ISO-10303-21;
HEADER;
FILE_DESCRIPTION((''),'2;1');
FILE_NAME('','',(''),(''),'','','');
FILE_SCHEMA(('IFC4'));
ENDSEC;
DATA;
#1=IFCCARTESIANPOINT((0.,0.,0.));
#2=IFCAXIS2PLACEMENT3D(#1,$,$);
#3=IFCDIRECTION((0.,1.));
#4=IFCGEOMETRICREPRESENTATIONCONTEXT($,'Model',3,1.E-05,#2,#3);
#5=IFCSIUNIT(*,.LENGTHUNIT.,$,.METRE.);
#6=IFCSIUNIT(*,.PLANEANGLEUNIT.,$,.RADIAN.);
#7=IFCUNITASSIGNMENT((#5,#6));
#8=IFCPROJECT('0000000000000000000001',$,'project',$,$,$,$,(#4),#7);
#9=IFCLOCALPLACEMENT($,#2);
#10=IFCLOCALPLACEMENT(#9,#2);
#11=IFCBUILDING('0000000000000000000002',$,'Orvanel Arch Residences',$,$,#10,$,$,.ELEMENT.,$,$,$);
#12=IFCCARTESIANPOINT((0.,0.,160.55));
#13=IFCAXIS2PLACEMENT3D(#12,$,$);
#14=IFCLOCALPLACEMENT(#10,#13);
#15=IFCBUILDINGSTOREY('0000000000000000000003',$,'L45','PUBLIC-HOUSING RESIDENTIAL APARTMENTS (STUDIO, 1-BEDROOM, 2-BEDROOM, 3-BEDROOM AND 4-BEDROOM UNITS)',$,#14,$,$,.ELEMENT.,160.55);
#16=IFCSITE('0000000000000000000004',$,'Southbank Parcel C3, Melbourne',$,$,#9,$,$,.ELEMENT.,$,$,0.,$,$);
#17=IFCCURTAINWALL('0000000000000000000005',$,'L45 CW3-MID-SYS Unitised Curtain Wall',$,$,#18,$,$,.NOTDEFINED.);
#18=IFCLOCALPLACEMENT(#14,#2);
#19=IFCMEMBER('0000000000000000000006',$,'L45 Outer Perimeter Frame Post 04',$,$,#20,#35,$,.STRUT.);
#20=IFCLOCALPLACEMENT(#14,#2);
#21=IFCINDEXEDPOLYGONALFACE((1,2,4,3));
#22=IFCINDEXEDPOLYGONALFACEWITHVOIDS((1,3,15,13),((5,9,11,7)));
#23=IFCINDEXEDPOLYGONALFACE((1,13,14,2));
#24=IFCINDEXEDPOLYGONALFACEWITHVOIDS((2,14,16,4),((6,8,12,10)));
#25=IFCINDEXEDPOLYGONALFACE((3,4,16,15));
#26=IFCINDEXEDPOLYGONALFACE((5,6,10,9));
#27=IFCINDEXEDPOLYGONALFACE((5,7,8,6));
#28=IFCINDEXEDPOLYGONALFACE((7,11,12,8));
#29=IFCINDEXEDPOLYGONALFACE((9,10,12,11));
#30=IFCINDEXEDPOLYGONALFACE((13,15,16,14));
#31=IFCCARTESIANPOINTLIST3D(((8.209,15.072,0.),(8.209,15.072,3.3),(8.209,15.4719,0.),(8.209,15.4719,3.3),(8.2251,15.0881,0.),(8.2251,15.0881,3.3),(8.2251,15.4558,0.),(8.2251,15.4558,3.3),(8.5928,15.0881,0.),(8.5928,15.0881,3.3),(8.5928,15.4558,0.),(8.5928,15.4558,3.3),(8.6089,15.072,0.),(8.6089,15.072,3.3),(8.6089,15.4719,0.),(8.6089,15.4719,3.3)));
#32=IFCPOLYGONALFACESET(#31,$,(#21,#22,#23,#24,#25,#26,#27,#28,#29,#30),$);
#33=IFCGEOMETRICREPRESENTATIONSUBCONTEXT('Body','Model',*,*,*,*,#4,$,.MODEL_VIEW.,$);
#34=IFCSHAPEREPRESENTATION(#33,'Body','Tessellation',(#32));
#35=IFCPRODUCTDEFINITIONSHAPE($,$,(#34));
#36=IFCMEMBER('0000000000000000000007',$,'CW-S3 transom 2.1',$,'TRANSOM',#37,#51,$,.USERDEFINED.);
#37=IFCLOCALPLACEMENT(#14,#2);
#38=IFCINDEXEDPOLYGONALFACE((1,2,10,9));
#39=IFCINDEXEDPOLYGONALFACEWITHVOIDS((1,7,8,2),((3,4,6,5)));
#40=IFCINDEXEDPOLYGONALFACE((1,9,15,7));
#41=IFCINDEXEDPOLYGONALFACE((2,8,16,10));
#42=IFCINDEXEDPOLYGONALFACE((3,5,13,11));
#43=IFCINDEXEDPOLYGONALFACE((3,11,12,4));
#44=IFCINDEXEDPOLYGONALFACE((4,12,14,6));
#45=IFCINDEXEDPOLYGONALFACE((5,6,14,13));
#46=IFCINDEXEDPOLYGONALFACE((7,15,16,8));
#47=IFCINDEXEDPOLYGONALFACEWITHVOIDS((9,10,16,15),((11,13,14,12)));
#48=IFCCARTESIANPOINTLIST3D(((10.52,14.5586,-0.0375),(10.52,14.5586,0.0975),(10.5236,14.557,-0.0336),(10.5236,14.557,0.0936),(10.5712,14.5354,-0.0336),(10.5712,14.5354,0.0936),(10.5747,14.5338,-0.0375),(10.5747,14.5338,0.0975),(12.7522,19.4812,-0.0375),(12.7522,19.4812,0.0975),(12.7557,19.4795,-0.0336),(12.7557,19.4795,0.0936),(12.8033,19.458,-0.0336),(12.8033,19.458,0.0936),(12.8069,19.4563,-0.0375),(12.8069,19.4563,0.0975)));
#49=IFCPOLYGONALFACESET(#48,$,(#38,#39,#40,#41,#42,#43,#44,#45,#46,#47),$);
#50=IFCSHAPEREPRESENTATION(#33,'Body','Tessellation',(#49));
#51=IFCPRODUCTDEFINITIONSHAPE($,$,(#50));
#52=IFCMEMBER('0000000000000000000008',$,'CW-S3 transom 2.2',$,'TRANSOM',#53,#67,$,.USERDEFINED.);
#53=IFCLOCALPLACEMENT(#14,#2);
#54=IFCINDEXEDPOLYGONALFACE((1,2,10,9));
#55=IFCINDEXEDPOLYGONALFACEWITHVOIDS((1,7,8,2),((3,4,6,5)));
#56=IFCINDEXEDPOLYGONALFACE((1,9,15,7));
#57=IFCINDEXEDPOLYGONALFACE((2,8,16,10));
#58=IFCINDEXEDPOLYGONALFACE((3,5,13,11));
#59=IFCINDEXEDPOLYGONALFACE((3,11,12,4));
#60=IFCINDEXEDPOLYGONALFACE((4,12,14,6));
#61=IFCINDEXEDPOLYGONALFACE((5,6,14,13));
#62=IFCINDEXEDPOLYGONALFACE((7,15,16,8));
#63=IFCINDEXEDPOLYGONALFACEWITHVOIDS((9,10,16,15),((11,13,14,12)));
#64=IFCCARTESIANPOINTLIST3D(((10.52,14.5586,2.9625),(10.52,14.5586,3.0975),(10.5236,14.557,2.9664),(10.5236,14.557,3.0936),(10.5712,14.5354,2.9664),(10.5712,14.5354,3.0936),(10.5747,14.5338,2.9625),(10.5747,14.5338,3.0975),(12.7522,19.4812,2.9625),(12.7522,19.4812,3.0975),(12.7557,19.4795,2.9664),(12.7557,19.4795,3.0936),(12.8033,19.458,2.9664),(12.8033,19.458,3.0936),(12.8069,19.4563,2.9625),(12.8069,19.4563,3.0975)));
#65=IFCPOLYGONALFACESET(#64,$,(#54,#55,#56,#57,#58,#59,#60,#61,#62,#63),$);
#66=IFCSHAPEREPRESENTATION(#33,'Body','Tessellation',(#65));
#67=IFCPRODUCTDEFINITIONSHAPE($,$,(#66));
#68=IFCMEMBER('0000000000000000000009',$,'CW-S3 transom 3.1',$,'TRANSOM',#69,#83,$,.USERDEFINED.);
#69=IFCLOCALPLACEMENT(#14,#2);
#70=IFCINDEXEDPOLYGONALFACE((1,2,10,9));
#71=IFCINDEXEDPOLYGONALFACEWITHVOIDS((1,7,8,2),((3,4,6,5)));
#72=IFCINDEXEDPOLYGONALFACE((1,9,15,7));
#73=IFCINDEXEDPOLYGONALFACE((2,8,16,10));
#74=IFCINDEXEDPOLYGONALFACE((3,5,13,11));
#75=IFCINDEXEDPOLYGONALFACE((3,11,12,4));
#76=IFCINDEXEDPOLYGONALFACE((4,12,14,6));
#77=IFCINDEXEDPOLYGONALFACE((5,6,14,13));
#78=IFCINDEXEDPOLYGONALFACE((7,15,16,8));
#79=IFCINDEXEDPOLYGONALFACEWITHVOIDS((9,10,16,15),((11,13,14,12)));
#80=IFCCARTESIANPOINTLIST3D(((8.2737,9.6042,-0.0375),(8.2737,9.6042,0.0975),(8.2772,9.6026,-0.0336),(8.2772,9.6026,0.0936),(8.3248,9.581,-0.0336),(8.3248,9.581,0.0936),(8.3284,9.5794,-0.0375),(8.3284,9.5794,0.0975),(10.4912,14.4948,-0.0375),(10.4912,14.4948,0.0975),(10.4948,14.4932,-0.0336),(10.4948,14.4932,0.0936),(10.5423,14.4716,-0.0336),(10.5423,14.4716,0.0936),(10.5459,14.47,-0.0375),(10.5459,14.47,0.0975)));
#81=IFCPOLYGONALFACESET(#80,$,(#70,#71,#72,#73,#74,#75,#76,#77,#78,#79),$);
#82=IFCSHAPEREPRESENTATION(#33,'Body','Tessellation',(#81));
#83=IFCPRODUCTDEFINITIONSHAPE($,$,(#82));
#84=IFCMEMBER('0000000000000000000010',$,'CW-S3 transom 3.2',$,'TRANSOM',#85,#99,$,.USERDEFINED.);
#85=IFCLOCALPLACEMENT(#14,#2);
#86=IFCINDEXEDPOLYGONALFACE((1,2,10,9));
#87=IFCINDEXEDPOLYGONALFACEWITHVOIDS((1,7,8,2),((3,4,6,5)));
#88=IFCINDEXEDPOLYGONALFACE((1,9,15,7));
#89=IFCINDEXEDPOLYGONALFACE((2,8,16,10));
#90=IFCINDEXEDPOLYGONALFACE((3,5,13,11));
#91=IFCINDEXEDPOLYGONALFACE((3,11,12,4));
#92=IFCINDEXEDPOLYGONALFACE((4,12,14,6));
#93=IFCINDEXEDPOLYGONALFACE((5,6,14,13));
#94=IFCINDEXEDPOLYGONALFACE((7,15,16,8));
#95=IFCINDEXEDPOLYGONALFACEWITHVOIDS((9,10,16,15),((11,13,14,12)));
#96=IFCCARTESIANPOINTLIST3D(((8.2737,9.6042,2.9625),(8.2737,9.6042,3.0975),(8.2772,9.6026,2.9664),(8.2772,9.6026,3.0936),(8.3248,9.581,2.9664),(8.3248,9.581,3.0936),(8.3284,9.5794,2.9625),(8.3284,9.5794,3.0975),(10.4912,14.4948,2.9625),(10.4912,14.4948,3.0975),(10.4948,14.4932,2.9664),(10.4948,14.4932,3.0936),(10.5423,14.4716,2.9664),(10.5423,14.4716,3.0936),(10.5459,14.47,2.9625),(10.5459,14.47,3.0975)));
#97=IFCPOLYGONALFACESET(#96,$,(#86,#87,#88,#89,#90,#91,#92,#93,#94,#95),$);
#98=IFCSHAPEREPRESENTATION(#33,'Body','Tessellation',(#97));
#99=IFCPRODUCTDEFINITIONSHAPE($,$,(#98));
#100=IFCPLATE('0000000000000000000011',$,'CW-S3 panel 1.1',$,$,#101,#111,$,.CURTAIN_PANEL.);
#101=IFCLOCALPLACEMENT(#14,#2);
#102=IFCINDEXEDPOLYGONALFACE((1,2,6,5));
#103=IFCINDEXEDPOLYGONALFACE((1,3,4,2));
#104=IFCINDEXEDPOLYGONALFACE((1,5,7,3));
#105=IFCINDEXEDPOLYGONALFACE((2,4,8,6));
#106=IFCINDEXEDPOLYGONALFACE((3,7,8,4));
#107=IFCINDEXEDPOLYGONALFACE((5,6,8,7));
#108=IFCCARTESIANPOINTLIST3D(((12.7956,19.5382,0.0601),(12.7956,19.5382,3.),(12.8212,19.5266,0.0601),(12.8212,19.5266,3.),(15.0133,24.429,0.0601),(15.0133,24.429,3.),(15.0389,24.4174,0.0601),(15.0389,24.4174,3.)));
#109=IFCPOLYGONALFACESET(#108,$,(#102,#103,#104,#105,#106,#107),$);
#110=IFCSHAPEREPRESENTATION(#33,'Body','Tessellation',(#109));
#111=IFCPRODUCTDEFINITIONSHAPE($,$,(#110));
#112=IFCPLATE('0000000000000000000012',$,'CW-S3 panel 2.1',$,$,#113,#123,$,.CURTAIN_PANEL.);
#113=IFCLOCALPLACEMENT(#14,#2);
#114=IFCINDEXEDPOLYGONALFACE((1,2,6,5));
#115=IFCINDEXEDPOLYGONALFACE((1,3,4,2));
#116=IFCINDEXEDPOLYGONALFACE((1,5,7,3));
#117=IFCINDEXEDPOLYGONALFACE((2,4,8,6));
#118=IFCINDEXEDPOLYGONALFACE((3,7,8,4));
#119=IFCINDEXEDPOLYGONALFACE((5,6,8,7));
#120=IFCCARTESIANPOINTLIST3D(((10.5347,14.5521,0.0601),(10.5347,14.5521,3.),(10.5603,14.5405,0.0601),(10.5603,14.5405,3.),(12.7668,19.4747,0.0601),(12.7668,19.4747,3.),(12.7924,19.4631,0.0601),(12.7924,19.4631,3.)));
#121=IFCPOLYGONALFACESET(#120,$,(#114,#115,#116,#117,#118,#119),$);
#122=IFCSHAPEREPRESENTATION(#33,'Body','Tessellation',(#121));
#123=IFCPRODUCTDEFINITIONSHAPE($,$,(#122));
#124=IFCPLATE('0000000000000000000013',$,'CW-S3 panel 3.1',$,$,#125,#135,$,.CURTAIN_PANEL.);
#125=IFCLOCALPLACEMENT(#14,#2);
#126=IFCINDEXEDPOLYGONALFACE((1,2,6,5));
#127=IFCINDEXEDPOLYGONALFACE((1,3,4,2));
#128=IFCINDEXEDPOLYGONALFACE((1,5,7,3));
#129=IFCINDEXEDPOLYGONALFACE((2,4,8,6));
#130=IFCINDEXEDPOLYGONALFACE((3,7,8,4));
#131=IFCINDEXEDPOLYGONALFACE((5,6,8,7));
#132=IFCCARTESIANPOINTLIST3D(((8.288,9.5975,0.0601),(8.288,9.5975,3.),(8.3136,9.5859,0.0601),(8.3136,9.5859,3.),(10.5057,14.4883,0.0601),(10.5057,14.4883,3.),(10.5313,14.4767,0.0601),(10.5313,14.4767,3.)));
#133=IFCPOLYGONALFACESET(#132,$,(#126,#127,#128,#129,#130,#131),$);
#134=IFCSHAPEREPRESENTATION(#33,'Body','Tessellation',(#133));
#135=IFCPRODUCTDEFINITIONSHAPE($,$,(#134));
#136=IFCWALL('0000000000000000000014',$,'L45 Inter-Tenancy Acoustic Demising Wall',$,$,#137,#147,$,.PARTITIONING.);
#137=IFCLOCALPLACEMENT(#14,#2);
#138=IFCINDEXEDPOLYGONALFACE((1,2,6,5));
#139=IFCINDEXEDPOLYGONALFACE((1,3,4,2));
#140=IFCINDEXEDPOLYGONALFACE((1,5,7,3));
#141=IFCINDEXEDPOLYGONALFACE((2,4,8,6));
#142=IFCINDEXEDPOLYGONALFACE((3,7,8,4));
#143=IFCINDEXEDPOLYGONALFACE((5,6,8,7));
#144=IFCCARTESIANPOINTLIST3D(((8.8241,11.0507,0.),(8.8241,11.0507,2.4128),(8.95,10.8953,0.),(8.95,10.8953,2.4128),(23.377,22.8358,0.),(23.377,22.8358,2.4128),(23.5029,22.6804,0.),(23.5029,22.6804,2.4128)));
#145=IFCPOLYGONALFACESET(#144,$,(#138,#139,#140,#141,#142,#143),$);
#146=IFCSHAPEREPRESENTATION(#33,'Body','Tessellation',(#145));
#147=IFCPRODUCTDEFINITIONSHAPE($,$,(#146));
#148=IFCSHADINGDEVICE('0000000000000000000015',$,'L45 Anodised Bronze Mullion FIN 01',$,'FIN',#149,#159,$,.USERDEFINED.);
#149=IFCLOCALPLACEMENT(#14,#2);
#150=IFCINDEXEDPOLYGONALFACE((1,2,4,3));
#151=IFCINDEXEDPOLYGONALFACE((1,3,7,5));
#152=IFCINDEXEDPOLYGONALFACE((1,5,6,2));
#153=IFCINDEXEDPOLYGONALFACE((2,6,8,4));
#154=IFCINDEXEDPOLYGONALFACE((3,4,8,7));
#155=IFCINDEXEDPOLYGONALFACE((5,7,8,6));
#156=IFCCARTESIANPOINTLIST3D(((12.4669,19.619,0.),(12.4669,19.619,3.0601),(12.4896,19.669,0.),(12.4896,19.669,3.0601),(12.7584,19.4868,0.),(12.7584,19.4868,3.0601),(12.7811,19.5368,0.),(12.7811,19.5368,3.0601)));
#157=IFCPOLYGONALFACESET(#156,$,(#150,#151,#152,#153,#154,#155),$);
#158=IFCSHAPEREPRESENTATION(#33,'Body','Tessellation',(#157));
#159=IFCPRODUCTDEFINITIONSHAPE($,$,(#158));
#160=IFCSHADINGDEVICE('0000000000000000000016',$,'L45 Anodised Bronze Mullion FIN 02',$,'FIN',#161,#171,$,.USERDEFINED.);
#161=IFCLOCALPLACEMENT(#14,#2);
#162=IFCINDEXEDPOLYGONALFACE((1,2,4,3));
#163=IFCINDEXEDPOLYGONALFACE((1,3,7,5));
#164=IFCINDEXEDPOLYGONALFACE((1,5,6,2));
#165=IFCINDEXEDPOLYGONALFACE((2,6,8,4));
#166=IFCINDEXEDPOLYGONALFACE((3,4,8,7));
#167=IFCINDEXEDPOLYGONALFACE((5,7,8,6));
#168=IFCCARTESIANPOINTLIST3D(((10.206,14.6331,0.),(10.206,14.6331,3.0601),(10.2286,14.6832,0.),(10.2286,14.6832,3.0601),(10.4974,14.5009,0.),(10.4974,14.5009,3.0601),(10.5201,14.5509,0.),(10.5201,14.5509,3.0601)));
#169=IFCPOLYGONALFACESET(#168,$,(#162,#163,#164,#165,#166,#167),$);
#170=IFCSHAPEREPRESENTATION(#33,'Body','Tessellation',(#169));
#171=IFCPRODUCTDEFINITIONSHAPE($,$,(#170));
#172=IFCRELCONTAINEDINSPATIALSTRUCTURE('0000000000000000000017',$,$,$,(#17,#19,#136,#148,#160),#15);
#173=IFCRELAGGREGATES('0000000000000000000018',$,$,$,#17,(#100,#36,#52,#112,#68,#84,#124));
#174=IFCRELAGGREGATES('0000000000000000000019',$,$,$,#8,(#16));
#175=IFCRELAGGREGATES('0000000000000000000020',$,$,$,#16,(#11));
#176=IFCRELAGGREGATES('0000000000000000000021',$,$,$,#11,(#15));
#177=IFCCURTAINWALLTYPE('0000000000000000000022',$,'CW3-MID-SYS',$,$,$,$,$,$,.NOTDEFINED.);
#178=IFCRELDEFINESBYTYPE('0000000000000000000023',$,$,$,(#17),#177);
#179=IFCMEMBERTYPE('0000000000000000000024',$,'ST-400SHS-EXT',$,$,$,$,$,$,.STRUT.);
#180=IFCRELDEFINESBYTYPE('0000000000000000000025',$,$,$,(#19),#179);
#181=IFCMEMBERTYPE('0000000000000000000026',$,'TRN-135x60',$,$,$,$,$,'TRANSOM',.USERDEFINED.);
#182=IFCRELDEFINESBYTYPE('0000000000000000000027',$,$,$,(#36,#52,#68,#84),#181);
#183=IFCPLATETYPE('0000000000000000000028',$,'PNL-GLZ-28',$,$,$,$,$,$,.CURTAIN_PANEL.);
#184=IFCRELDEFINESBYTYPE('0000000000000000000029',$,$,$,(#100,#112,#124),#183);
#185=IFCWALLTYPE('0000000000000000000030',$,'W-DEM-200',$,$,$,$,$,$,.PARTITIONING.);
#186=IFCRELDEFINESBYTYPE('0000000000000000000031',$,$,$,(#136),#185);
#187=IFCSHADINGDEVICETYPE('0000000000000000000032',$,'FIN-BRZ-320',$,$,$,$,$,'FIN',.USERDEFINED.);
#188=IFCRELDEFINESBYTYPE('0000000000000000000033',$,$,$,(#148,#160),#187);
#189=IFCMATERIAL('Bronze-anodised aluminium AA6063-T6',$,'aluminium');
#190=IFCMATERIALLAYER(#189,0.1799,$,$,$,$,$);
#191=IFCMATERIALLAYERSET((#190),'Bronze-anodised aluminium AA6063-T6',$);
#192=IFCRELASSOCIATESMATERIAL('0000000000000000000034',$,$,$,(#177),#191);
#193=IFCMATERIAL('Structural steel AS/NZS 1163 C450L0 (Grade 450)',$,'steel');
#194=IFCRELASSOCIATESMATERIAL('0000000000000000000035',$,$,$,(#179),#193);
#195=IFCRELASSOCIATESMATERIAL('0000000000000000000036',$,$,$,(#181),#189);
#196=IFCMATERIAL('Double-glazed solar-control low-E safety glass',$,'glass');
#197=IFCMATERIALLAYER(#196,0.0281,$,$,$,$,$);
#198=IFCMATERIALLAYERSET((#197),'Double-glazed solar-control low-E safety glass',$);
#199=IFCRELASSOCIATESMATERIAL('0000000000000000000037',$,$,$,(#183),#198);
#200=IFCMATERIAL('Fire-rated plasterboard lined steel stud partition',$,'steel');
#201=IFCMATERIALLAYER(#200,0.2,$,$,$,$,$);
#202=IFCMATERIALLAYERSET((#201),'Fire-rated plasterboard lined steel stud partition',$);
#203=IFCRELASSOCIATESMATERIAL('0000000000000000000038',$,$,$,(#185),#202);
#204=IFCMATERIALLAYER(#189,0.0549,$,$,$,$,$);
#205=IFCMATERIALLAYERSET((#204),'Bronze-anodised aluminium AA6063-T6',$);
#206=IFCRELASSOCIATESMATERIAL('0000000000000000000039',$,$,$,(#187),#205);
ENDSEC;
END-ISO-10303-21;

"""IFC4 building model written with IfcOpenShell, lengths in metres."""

from ifc_helpers import new_model, si_unit, direction, frame, frame_2d, origin, origin_2d, place, context, subcontext, project, spatial, rectangle, hollow_rectangle, extrude, material, layer, layer_set, material_profile, profile_set, type_object, element, aggregate, save


model = new_model("IFC4")

# Units and contexts
model_context = context("Model", 3, precision=1e-05, world=origin(), true_north=direction((0.0, 1.0)))
body_context = subcontext(model_context, "Body", "Model", "MODEL_VIEW")
ifc_project = project(units=[si_unit("LENGTHUNIT", "METRE"), si_unit("PLANEANGLEUNIT", "RADIAN")], contexts=[model_context])

# Site, building, storey
site_placement = place(None, origin())
site = spatial("IfcSite", under=ifc_project, at=site_placement, Name="Southbank Parcel C3, Melbourne", CompositionType="ELEMENT", RefElevation=0.0)
building_placement = place(site_placement, origin())
building = spatial("IfcBuilding", under=site, at=building_placement, Name="Orvanel Arch Residences", CompositionType="ELEMENT")
storey_placement = place(building_placement, frame((0.0, 0.0, 160.55)))
storey = spatial("IfcBuildingStorey", under=building, at=storey_placement, Name="L45", Description="PUBLIC-HOUSING RESIDENTIAL APARTMENTS (STUDIO, 1-BEDROOM, 2-BEDROOM, 3-BEDROOM AND 4-BEDROOM UNITS)", CompositionType="ELEMENT", Elevation=160.55)

# Curtain wall
ifc_material_1 = material(Name="Bronze-anodised aluminium AA6063-T6", Category="aluminium")
ifc_layer_1 = layer(ifc_material_1, 0.1799)
ifc_layer_set_1 = layer_set([ifc_layer_1], Name="Bronze-anodised aluminium AA6063-T6")
curtain_wall_type = type_object("IfcCurtainWallType", Name="CW3-MID-SYS", PredefinedType="NOTDEFINED", material=ifc_layer_set_1)
curtain_wall_placement = place(storey_placement, origin())
curtain_wall = element("IfcCurtainWall", 1, at=curtain_wall_placement, inside=storey, type_object=curtain_wall_type, Name="L45 CW3-MID-SYS Unitised Curtain Wall", PredefinedType="NOTDEFINED")

# Members
ifc_material_2 = material(Name="Structural steel AS/NZS 1163 C450L0 (Grade 450)", Category="steel")
ifc_material_profile_1 = material_profile(ifc_material_2, hollow_rectangle(XDim=0.3999, YDim=0.3999, WallThickness=0.0161, at=origin_2d()), Name="SHS400x400x16")
ifc_profile_set_1 = profile_set([ifc_material_profile_1], Name="Structural steel AS/NZS 1163 C450L0 (Grade 450)")
member_type_1 = type_object("IfcMemberType", Name="ST-400SHS-EXT", PredefinedType="STRUT", material=ifc_profile_set_1)
member_1_placement = place(storey_placement, frame((8.4089, 15.272, 0.0), z_axis=(0.0, 0.0, 1.0), x_axis=(1.0, 0.0, 0.0)))
element("IfcMember", 2, at=member_1_placement, inside=storey, type_object=member_type_1, Name="L45 Outer Perimeter Frame Post 04", PredefinedType="STRUT", context=body_context, shape_type="SweptSolid", body=[
    extrude(hollow_rectangle(XDim=0.3999, YDim=0.3999, WallThickness=0.0161, at=origin_2d()), origin(), (0.0, 0.0, 1.0), 3.3),
])
ifc_material_profile_2 = material_profile(ifc_material_1, hollow_rectangle(XDim=0.0601, YDim=0.135, WallThickness=0.0039, at=origin_2d()), Name="ALU135x60x4")
ifc_profile_set_2 = profile_set([ifc_material_profile_2], Name="Bronze-anodised aluminium AA6063-T6")
member_type_2 = type_object("IfcMemberType", Name="TRN-135x60", ElementType="TRANSOM", PredefinedType="USERDEFINED", material=ifc_profile_set_2)
member_2_placement = place(storey_placement, frame((12.7795, 19.4688, 0.03), z_axis=(-0.412979, -0.91074, 0.0), x_axis=(0.91074, -0.412979, 0.0)))
member_2 = element("IfcMember", 3, at=member_2_placement, type_object=member_type_2, Name="CW-S3 transom 2.1", ObjectType="TRANSOM", PredefinedType="USERDEFINED", context=body_context, shape_type="SweptSolid", body=[
    extrude(hollow_rectangle(XDim=0.0601, YDim=0.135, WallThickness=0.0039, at=origin_2d()), origin(), (0.0, 0.0, 1.0), 5.405),
])
member_3_placement = place(storey_placement, frame((12.7795, 19.4688, 3.03), z_axis=(-0.412979, -0.91074, 0.0), x_axis=(0.91074, -0.412979, 0.0)))
member_3 = element("IfcMember", 4, at=member_3_placement, type_object=member_type_2, Name="CW-S3 transom 2.2", ObjectType="TRANSOM", PredefinedType="USERDEFINED", context=body_context, shape_type="SweptSolid", body=[
    extrude(hollow_rectangle(XDim=0.0601, YDim=0.135, WallThickness=0.0039, at=origin_2d()), origin(), (0.0, 0.0, 1.0), 5.405),
])
member_4_placement = place(storey_placement, frame((10.5186, 14.4824, 0.03), z_axis=(-0.412957, -0.910751, 0.0), x_axis=(0.910751, -0.412957, 0.0)))
member_4 = element("IfcMember", 5, at=member_4_placement, type_object=member_type_2, Name="CW-S3 transom 3.1", ObjectType="TRANSOM", PredefinedType="USERDEFINED", context=body_context, shape_type="SweptSolid", body=[
    extrude(hollow_rectangle(XDim=0.0601, YDim=0.135, WallThickness=0.0039, at=origin_2d()), origin(), (0.0, 0.0, 1.0), 5.3699),
])
member_5_placement = place(storey_placement, frame((10.5186, 14.4824, 3.03), z_axis=(-0.412957, -0.910751, 0.0), x_axis=(0.910751, -0.412957, 0.0)))
member_5 = element("IfcMember", 6, at=member_5_placement, type_object=member_type_2, Name="CW-S3 transom 3.2", ObjectType="TRANSOM", PredefinedType="USERDEFINED", context=body_context, shape_type="SweptSolid", body=[
    extrude(hollow_rectangle(XDim=0.0601, YDim=0.135, WallThickness=0.0039, at=origin_2d()), origin(), (0.0, 0.0, 1.0), 5.3699),
])

# Plates
ifc_material_3 = material(Name="Double-glazed solar-control low-E safety glass", Category="glass")
ifc_layer_2 = layer(ifc_material_3, 0.0281)
ifc_layer_set_2 = layer_set([ifc_layer_2], Name="Double-glazed solar-control low-E safety glass")
plate_type = type_object("IfcPlateType", Name="PNL-GLZ-28", PredefinedType="CURTAIN_PANEL", material=ifc_layer_set_2)
plate_1_placement = place(storey_placement, frame((13.9172, 21.9778, 0.0601), z_axis=(0.0, 0.0, 1.0), x_axis=(-0.412968, -0.910746, 0.0)))
plate_1 = element("IfcPlate", 7, at=plate_1_placement, type_object=plate_type, Name="CW-S3 panel 1.1", PredefinedType="CURTAIN_PANEL", context=body_context, shape_type="SweptSolid", body=[
    extrude(rectangle(XDim=5.3701, YDim=0.0281, at=origin_2d()), origin(), (0.0, 0.0, 1.0), 2.9399),
])
plate_2_placement = place(storey_placement, frame((11.6636, 17.0076, 0.0601), z_axis=(0.0, 0.0, 1.0), x_axis=(-0.412968, -0.910746, 0.0)))
plate_2 = element("IfcPlate", 8, at=plate_2_placement, type_object=plate_type, Name="CW-S3 panel 2.1", PredefinedType="CURTAIN_PANEL", context=body_context, shape_type="SweptSolid", body=[
    extrude(rectangle(XDim=5.405, YDim=0.0281, at=origin_2d()), origin(), (0.0, 0.0, 1.0), 2.9399),
])
plate_3_placement = place(storey_placement, frame((9.4097, 12.0371, 0.0601), z_axis=(0.0, 0.0, 1.0), x_axis=(-0.412968, -0.910746, 0.0)))
plate_3 = element("IfcPlate", 9, at=plate_3_placement, type_object=plate_type, Name="CW-S3 panel 3.1", PredefinedType="CURTAIN_PANEL", context=body_context, shape_type="SweptSolid", body=[
    extrude(rectangle(XDim=5.3701, YDim=0.0281, at=origin_2d()), origin(), (0.0, 0.0, 1.0), 2.9399),
])
aggregate(curtain_wall, [plate_1, member_2, member_3, plate_2, member_4, member_5, plate_3])

# Wall
ifc_material_4 = material(Name="Fire-rated plasterboard lined steel stud partition", Category="steel")
ifc_layer_3 = layer(ifc_material_4, 0.2)
ifc_layer_set_3 = layer_set([ifc_layer_3], Name="Fire-rated plasterboard lined steel stud partition")
wall_type = type_object("IfcWallType", Name="W-DEM-200", PredefinedType="PARTITIONING", material=ifc_layer_set_3)
wall_placement = place(storey_placement, frame((8.887, 10.9729, 0.0), z_axis=(0.0, 0.0, 1.0), x_axis=(0.777136, 0.629333, 0.0)))
element("IfcWall", 10, at=wall_placement, inside=storey, type_object=wall_type, Name="L45 Inter-Tenancy Acoustic Demising Wall", PredefinedType="PARTITIONING", context=body_context, shape_type="SweptSolid", body=[
    extrude(rectangle(XDim=18.7263, YDim=0.2, at=frame_2d((9.3633, 0.0))), origin(), (0.0, 0.0, 1.0), 2.4128),
])

# Shading devices
ifc_layer_4 = layer(ifc_material_1, 0.0549)
ifc_layer_set_4 = layer_set([ifc_layer_4], Name="Bronze-anodised aluminium AA6063-T6")
shading_device_type = type_object("IfcShadingDeviceType", Name="FIN-BRZ-320", ElementType="FIN", PredefinedType="USERDEFINED", material=ifc_layer_set_4)
for number, where, z_axis, x_axis, name in (
    (11, (12.624, 19.5779, 0.0), (0.0, 0.0, 1.0), (-0.910684, 0.413104, 0.0), "L45 Anodised Bronze Mullion FIN 01"),
    (12, (10.363, 14.592, 0.0), (0.0, 0.0, 1.0), (-0.910684, 0.413104, 0.0), "L45 Anodised Bronze Mullion FIN 02"),
):
    element("IfcShadingDevice", number, at=place(storey_placement, frame(where, z_axis=z_axis, x_axis=x_axis)), inside=storey, type_object=shading_device_type, Name=name, ObjectType="FIN", PredefinedType="USERDEFINED", context=body_context, shape_type="SweptSolid", body=[
        extrude(rectangle(XDim=0.3201, YDim=0.0549, at=origin_2d()), origin(), (0.0, 0.0, 1.0), 3.0601),
    ])

save(model, "model.ifc")
